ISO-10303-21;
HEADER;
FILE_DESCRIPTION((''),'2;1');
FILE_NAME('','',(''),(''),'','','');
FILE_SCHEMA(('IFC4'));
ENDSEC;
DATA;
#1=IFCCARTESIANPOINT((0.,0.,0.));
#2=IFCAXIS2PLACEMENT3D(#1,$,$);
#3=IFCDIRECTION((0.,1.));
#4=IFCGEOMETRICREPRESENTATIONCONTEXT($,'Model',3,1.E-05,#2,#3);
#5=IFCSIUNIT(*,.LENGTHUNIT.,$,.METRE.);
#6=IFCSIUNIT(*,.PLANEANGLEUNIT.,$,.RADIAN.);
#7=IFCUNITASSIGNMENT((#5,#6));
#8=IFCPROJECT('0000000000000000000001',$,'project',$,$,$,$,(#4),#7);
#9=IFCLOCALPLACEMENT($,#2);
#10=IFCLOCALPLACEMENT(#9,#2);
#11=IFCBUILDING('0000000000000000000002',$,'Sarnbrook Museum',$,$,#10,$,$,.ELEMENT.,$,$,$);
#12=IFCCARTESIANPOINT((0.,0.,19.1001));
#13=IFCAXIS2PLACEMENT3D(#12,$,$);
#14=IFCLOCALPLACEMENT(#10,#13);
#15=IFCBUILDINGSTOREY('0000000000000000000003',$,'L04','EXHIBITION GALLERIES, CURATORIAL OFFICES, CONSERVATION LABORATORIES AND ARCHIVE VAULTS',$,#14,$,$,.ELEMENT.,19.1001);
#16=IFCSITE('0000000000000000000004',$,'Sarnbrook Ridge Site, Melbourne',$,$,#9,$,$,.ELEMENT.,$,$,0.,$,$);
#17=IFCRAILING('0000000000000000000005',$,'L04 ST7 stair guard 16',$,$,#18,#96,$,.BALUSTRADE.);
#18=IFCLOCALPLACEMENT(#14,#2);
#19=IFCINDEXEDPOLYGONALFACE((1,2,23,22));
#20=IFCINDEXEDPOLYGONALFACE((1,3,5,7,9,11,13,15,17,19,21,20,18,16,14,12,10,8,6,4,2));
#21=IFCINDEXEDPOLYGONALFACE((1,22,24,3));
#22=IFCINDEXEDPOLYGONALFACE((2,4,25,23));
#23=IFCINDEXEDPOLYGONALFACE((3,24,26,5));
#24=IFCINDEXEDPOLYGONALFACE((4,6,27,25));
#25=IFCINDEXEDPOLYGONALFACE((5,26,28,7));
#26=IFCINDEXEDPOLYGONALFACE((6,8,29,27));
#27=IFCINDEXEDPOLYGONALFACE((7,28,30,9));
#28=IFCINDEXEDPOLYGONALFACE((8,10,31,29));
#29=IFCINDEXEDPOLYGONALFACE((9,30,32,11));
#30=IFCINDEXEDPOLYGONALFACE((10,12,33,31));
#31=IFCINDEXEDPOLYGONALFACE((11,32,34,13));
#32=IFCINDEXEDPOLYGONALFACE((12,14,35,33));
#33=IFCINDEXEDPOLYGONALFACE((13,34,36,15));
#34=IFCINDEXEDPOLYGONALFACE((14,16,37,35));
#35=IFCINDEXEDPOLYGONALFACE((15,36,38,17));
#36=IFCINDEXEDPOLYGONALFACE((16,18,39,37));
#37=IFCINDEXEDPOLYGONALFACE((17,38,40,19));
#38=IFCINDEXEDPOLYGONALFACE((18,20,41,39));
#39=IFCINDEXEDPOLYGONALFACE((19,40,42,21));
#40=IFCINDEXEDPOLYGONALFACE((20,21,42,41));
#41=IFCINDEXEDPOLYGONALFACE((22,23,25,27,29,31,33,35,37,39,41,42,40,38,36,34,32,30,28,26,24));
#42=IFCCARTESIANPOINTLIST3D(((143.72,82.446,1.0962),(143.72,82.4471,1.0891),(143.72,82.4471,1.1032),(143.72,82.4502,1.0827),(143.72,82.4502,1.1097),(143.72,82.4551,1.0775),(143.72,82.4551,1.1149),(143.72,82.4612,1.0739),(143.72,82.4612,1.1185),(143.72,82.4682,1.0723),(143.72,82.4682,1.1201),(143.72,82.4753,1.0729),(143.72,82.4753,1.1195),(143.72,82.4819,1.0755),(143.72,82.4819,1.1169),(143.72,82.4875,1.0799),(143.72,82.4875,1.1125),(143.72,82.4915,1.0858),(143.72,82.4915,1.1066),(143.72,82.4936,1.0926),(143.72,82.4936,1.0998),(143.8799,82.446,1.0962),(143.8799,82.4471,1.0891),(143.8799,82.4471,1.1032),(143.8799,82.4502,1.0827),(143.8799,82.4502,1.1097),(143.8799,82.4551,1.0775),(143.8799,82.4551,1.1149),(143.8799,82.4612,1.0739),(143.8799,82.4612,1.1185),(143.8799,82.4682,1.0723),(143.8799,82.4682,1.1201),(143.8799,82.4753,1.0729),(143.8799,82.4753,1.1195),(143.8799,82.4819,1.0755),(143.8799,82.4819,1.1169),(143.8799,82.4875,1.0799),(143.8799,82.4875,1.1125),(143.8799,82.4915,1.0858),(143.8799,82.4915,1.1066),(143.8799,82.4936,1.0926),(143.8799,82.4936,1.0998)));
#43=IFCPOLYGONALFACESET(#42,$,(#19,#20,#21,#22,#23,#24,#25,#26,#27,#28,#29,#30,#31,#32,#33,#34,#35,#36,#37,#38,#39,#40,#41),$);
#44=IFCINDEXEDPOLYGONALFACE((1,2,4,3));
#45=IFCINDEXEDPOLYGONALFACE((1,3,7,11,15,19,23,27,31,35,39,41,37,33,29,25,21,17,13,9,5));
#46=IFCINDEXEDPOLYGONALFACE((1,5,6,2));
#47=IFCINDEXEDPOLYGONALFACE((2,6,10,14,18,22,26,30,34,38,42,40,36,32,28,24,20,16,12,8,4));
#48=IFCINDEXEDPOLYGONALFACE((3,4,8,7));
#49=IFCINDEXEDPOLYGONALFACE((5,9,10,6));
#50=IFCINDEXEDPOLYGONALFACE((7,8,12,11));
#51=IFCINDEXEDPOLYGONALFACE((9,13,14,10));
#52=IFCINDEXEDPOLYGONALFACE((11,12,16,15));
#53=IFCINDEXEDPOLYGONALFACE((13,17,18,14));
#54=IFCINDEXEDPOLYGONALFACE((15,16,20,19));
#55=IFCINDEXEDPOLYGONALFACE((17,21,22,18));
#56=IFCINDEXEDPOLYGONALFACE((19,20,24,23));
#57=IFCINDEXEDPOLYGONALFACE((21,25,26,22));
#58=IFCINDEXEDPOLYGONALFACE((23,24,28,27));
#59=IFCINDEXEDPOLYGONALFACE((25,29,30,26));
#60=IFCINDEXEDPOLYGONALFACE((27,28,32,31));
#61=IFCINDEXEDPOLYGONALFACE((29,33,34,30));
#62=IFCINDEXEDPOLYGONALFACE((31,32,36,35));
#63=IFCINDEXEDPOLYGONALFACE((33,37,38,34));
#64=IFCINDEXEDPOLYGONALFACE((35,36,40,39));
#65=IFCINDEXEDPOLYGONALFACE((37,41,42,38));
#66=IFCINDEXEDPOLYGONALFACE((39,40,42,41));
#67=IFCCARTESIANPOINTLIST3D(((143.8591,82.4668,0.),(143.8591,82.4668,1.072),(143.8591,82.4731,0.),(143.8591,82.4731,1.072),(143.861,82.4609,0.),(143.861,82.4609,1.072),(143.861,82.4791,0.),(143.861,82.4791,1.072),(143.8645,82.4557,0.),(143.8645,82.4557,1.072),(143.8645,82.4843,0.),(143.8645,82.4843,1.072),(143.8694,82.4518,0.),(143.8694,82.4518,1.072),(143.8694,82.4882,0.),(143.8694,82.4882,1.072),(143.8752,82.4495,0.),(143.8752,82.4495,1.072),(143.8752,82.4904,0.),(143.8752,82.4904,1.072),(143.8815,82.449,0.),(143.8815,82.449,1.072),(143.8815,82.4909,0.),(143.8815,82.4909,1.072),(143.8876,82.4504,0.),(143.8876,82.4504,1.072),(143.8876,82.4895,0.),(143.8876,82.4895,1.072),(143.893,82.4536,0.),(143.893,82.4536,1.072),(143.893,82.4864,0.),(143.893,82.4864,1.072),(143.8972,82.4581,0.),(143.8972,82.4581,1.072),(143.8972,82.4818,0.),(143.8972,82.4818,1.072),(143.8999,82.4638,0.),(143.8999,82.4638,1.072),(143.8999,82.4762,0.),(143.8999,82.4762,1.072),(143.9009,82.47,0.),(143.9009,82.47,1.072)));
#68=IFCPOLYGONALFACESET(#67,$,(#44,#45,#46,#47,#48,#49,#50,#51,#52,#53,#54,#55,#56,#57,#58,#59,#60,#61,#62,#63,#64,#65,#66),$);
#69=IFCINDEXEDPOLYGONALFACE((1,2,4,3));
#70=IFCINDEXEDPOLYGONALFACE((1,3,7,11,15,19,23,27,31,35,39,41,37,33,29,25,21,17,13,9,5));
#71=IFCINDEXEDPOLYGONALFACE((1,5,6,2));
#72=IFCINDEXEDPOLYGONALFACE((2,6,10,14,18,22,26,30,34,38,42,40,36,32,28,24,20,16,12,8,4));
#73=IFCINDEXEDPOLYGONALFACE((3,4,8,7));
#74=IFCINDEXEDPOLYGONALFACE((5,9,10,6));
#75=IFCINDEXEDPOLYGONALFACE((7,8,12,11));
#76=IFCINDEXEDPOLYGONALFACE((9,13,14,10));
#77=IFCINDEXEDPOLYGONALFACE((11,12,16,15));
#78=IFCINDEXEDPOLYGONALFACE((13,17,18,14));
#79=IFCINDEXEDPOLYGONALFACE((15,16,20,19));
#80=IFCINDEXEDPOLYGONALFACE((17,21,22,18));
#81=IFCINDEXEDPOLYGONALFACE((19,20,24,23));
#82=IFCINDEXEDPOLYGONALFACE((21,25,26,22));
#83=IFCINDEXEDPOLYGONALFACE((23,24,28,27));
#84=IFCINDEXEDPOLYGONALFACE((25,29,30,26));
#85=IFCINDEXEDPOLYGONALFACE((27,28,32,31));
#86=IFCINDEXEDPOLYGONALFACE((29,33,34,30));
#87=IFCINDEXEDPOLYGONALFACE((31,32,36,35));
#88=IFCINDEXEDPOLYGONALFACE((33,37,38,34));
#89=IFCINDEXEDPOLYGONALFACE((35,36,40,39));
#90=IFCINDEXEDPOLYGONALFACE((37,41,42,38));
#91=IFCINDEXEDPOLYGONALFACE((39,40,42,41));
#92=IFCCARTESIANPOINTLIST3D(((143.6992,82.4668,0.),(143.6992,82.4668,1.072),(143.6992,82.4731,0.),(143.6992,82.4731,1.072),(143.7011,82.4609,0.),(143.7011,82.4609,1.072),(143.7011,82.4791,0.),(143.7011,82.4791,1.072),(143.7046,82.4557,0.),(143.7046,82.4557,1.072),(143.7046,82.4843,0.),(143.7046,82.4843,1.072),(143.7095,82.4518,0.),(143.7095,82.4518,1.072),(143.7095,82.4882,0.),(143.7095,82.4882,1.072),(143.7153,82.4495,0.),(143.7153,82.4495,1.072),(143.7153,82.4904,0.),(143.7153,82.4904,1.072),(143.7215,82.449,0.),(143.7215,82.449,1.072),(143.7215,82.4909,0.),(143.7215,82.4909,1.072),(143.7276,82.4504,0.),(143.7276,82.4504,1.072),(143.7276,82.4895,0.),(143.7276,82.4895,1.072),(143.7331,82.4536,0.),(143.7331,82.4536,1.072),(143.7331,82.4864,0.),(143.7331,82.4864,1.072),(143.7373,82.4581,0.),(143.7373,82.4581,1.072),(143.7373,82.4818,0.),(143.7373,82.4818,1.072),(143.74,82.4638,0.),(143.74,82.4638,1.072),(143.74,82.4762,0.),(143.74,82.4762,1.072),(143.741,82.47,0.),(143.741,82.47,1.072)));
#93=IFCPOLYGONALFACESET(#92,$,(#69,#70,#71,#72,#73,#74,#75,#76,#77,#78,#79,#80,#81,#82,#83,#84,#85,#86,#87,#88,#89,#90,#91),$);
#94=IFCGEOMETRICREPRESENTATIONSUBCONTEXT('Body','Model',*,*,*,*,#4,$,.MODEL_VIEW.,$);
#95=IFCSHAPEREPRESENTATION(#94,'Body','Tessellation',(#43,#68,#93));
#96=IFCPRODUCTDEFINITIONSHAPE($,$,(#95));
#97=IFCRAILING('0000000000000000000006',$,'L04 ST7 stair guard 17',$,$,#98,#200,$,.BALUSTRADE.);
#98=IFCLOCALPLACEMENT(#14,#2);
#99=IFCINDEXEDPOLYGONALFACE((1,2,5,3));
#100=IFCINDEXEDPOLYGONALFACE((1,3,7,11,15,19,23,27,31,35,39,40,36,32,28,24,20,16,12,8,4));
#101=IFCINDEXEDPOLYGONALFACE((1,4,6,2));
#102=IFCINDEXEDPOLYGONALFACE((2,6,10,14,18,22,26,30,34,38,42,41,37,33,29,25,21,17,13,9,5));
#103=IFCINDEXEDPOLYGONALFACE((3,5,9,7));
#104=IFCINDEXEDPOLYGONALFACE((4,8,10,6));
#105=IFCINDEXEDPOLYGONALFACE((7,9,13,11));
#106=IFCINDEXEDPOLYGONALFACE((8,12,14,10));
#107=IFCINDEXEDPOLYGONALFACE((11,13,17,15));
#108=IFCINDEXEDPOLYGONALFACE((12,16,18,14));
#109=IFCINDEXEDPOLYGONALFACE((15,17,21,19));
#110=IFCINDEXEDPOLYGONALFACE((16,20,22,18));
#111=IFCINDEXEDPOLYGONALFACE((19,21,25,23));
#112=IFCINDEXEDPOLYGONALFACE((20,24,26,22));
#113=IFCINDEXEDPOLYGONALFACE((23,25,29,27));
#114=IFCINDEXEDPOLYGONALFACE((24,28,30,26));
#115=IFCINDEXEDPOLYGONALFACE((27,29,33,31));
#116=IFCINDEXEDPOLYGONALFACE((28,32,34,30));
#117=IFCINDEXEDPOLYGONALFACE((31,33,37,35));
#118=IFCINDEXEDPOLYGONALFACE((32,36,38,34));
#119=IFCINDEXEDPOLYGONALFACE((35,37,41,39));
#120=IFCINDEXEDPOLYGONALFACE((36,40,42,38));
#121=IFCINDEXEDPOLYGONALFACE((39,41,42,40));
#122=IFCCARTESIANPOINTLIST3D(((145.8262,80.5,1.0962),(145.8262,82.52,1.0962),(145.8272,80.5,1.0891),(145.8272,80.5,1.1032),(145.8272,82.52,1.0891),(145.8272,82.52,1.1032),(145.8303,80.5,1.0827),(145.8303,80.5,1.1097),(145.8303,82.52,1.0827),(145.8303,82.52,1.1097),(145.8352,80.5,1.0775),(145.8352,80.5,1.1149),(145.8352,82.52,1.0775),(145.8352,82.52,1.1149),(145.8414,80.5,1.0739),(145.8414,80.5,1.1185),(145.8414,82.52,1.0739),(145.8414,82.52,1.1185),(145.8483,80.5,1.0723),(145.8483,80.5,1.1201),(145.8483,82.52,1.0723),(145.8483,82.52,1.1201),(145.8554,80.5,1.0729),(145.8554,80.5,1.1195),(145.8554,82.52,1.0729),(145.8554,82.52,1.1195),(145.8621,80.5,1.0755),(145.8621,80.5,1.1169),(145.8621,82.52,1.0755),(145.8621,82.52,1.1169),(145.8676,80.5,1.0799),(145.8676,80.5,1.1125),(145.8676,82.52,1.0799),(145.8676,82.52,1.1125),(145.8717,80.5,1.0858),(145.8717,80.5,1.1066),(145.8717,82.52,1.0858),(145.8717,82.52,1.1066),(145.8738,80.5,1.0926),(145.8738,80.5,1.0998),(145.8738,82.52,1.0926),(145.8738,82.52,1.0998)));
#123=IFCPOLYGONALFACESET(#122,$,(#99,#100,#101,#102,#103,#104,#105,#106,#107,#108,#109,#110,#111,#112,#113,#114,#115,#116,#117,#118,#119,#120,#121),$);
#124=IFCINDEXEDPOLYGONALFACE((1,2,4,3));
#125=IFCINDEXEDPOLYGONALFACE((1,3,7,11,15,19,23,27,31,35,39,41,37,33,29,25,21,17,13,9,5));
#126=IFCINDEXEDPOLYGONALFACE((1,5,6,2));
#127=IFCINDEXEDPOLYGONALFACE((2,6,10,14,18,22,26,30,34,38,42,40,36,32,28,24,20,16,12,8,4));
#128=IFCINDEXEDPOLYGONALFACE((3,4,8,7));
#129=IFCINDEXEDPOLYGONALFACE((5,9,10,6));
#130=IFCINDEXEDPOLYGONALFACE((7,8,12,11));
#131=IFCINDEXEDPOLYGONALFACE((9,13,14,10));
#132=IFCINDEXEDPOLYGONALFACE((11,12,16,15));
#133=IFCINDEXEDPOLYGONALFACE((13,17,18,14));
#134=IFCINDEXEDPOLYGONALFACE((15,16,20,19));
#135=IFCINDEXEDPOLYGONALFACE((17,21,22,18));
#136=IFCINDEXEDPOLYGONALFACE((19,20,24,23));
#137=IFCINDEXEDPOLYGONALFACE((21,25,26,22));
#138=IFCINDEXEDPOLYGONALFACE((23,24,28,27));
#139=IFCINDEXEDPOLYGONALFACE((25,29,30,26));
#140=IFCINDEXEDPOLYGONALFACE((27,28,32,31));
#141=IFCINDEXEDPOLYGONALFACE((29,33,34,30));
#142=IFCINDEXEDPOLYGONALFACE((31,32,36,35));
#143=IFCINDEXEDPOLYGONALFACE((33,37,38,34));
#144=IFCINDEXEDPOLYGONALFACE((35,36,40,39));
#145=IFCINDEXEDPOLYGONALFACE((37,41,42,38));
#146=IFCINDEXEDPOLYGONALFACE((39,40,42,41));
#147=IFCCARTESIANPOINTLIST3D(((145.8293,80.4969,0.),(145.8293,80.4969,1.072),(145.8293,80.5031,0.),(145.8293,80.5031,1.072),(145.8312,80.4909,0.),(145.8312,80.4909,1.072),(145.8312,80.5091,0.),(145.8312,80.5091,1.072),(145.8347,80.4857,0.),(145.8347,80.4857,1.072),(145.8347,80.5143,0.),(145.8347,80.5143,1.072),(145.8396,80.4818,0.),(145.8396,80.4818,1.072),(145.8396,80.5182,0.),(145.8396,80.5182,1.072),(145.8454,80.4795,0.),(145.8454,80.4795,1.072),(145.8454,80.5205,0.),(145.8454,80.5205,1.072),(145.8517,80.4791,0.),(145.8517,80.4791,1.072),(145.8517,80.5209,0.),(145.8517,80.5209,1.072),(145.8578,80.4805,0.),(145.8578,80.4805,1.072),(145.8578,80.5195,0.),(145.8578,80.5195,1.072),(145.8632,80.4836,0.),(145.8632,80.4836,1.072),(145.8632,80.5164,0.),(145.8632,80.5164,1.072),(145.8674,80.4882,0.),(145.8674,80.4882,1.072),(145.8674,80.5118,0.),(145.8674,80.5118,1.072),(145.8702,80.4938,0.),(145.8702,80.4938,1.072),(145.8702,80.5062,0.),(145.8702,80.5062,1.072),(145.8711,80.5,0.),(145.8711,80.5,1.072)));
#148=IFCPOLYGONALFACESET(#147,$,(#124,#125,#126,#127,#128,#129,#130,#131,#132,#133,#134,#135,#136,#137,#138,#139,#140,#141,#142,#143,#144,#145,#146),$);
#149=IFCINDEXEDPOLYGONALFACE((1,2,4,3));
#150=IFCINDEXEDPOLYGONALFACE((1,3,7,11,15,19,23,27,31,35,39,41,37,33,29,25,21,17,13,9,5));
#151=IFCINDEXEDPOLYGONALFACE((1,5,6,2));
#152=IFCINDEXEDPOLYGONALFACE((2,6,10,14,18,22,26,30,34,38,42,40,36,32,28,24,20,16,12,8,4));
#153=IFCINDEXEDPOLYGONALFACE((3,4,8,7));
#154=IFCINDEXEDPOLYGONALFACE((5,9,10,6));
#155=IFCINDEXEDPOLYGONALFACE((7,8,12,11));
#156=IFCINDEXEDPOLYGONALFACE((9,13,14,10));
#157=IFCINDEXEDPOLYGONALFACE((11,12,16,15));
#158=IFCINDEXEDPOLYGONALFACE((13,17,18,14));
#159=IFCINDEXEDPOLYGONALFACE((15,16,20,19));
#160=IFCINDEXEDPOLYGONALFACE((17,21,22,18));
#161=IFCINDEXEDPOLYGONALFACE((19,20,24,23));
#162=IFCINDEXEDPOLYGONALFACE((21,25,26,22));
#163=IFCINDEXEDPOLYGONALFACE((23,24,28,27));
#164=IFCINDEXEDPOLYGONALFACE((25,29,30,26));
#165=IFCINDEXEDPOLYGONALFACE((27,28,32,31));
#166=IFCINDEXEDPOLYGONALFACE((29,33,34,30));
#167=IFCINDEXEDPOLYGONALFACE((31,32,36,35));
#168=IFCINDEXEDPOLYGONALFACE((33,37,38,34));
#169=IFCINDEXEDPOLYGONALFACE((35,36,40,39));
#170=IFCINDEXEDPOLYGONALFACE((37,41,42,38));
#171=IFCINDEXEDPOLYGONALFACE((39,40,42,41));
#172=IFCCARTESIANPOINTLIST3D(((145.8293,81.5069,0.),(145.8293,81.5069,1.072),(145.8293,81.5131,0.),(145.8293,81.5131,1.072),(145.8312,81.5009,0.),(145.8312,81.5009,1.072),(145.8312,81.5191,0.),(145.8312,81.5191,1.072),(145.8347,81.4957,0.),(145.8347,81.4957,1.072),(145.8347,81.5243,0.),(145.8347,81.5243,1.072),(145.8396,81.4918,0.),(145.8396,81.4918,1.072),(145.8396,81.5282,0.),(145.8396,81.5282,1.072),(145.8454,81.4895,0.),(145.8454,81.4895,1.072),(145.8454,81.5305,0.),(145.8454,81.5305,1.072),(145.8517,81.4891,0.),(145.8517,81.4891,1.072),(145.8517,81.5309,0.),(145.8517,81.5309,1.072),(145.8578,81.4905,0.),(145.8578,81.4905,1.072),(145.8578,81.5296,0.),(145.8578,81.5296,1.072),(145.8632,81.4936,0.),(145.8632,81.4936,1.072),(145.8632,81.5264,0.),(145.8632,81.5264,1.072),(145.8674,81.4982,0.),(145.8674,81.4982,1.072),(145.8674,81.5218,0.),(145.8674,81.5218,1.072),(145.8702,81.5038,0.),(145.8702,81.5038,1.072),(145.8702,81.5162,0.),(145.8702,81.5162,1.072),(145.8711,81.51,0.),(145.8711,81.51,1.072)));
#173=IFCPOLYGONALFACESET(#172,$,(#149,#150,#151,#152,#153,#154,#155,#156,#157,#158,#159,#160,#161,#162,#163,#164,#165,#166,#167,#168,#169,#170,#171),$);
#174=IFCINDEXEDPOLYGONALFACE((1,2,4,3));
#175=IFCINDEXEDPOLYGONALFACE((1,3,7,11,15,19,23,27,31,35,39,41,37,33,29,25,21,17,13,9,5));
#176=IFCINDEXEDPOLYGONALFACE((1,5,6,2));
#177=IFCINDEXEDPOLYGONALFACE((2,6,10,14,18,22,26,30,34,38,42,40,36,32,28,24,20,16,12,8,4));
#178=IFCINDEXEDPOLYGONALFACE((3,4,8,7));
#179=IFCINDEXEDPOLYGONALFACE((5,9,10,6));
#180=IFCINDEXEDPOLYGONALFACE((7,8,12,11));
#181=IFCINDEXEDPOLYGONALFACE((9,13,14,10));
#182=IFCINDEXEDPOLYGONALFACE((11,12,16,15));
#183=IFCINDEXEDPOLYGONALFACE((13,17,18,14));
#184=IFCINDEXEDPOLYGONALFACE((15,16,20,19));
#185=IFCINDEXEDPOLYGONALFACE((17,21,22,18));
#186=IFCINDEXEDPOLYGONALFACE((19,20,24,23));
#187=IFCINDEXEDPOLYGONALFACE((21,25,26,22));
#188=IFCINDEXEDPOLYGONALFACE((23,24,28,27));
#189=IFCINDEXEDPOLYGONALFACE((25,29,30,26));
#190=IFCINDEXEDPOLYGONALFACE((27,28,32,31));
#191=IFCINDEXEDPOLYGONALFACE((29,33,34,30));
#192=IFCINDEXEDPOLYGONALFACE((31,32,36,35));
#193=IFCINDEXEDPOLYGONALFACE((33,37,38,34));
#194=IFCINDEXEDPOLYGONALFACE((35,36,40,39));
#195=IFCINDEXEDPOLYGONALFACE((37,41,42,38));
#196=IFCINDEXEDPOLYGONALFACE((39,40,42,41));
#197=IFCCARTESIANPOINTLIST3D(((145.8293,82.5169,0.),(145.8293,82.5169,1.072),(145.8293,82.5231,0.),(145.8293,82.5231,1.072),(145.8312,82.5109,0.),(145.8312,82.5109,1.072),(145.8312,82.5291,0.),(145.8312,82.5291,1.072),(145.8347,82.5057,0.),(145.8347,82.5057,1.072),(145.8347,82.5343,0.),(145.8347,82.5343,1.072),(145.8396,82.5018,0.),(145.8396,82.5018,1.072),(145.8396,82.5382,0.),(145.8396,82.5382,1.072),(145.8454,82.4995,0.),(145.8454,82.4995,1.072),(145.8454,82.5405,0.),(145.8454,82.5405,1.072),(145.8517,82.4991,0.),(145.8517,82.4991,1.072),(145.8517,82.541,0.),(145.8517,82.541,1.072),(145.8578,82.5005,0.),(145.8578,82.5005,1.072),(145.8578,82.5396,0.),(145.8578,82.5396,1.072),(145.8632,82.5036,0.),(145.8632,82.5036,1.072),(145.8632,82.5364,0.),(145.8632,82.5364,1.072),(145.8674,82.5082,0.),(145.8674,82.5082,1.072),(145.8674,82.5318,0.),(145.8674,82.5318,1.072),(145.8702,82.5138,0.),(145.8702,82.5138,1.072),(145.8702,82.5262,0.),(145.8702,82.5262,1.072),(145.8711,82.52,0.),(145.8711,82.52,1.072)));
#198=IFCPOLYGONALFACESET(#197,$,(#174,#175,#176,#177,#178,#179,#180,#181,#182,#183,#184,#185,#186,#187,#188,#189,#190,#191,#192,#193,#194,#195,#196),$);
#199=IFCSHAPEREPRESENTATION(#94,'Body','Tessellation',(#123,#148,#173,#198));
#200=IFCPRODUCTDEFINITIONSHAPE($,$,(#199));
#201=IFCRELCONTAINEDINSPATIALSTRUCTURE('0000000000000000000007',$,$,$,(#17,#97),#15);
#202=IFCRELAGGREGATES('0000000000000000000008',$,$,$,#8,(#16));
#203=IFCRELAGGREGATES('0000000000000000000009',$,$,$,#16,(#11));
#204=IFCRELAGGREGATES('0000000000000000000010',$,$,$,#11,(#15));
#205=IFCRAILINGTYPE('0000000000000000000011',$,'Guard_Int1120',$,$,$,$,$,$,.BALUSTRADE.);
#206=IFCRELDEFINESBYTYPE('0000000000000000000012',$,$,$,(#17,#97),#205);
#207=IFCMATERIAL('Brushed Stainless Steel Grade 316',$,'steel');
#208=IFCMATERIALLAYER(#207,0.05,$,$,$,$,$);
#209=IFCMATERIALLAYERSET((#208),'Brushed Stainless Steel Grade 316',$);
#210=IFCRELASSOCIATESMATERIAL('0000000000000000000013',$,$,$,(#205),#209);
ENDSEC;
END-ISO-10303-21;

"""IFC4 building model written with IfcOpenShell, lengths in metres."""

from ifc_helpers import new_model, si_unit, direction, frame, origin, origin_2d, place, context, subcontext, project, spatial, circle, extrude, material, layer, layer_set, type_object, element, save


model = new_model("IFC4")

# Units and contexts
model_context = context("Model", 3, precision=1e-05, world=origin(), true_north=direction((0.0, 1.0)))
body_context = subcontext(model_context, "Body", "Model", "MODEL_VIEW")
ifc_project = project(units=[si_unit("LENGTHUNIT", "METRE"), si_unit("PLANEANGLEUNIT", "RADIAN")], contexts=[model_context])

# Site, building, storey
site_placement = place(None, origin())
site = spatial("IfcSite", under=ifc_project, at=site_placement, Name="Sarnbrook Ridge Site, Melbourne", CompositionType="ELEMENT", RefElevation=0.0)
building_placement = place(site_placement, origin())
building = spatial("IfcBuilding", under=site, at=building_placement, Name="Sarnbrook Museum", CompositionType="ELEMENT")
storey_placement = place(building_placement, frame((0.0, 0.0, 19.1001)))
storey = spatial("IfcBuildingStorey", under=building, at=storey_placement, Name="L04", Description="EXHIBITION GALLERIES, CURATORIAL OFFICES, CONSERVATION LABORATORIES AND ARCHIVE VAULTS", CompositionType="ELEMENT", Elevation=19.1001)

# Railings
ifc_material_1 = material(Name="Brushed Stainless Steel Grade 316", Category="steel")
ifc_layer_1 = layer(ifc_material_1, 0.05)
ifc_layer_set_1 = layer_set([ifc_layer_1], Name="Brushed Stainless Steel Grade 316")
railing_type_1 = type_object("IfcRailingType", Name="Guard_Int1120", PredefinedType="BALUSTRADE", material=ifc_layer_set_1)
railing_1_placement = place(storey_placement, frame((143.8799, 82.47, 0.0)))
element("IfcRailing", 1, at=railing_1_placement, inside=storey, type_object=railing_type_1, Name="L04 ST7 stair guard 16", PredefinedType="BALUSTRADE", context=body_context, shape_type="SweptSolid", body=[
    extrude(circle(Radius=0.0239, at=origin_2d()), frame((0.0, 0.0, 1.0962), z_axis=(-1.0, 0.0, 0.0), x_axis=(0.0, -1.0, 0.0)), (0.0, 0.0, 1.0), 0.1599),
    extrude(circle(Radius=0.021, at=origin_2d()), origin(), (0.0, 0.0, 1.0), 1.072),
    extrude(circle(Radius=0.021, at=origin_2d()), frame((-0.1599, 0.0, 0.0)), (0.0, 0.0, 1.0), 1.072),
])
railing_2_placement = place(storey_placement, frame((145.8501, 80.5, 0.0)))
element("IfcRailing", 2, at=railing_2_placement, inside=storey, type_object=railing_type_1, Name="L04 ST7 stair guard 17", PredefinedType="BALUSTRADE", context=body_context, shape_type="SweptSolid", body=[
    extrude(circle(Radius=0.0239, at=origin_2d()), frame((0.0, 0.0, 1.0962), z_axis=(0.0, 1.0, 0.0), x_axis=(-1.0, 0.0, 0.0)), (0.0, 0.0, 1.0), 2.02),
    extrude(circle(Radius=0.021, at=origin_2d()), origin(), (0.0, 0.0, 1.0), 1.072),
    extrude(circle(Radius=0.021, at=origin_2d()), frame((0.0, 1.01, 0.0)), (0.0, 0.0, 1.0), 1.072),
    extrude(circle(Radius=0.021, at=origin_2d()), frame((0.0, 2.02, 0.0)), (0.0, 0.0, 1.0), 1.072),
])

save(model, "model.ifc")
